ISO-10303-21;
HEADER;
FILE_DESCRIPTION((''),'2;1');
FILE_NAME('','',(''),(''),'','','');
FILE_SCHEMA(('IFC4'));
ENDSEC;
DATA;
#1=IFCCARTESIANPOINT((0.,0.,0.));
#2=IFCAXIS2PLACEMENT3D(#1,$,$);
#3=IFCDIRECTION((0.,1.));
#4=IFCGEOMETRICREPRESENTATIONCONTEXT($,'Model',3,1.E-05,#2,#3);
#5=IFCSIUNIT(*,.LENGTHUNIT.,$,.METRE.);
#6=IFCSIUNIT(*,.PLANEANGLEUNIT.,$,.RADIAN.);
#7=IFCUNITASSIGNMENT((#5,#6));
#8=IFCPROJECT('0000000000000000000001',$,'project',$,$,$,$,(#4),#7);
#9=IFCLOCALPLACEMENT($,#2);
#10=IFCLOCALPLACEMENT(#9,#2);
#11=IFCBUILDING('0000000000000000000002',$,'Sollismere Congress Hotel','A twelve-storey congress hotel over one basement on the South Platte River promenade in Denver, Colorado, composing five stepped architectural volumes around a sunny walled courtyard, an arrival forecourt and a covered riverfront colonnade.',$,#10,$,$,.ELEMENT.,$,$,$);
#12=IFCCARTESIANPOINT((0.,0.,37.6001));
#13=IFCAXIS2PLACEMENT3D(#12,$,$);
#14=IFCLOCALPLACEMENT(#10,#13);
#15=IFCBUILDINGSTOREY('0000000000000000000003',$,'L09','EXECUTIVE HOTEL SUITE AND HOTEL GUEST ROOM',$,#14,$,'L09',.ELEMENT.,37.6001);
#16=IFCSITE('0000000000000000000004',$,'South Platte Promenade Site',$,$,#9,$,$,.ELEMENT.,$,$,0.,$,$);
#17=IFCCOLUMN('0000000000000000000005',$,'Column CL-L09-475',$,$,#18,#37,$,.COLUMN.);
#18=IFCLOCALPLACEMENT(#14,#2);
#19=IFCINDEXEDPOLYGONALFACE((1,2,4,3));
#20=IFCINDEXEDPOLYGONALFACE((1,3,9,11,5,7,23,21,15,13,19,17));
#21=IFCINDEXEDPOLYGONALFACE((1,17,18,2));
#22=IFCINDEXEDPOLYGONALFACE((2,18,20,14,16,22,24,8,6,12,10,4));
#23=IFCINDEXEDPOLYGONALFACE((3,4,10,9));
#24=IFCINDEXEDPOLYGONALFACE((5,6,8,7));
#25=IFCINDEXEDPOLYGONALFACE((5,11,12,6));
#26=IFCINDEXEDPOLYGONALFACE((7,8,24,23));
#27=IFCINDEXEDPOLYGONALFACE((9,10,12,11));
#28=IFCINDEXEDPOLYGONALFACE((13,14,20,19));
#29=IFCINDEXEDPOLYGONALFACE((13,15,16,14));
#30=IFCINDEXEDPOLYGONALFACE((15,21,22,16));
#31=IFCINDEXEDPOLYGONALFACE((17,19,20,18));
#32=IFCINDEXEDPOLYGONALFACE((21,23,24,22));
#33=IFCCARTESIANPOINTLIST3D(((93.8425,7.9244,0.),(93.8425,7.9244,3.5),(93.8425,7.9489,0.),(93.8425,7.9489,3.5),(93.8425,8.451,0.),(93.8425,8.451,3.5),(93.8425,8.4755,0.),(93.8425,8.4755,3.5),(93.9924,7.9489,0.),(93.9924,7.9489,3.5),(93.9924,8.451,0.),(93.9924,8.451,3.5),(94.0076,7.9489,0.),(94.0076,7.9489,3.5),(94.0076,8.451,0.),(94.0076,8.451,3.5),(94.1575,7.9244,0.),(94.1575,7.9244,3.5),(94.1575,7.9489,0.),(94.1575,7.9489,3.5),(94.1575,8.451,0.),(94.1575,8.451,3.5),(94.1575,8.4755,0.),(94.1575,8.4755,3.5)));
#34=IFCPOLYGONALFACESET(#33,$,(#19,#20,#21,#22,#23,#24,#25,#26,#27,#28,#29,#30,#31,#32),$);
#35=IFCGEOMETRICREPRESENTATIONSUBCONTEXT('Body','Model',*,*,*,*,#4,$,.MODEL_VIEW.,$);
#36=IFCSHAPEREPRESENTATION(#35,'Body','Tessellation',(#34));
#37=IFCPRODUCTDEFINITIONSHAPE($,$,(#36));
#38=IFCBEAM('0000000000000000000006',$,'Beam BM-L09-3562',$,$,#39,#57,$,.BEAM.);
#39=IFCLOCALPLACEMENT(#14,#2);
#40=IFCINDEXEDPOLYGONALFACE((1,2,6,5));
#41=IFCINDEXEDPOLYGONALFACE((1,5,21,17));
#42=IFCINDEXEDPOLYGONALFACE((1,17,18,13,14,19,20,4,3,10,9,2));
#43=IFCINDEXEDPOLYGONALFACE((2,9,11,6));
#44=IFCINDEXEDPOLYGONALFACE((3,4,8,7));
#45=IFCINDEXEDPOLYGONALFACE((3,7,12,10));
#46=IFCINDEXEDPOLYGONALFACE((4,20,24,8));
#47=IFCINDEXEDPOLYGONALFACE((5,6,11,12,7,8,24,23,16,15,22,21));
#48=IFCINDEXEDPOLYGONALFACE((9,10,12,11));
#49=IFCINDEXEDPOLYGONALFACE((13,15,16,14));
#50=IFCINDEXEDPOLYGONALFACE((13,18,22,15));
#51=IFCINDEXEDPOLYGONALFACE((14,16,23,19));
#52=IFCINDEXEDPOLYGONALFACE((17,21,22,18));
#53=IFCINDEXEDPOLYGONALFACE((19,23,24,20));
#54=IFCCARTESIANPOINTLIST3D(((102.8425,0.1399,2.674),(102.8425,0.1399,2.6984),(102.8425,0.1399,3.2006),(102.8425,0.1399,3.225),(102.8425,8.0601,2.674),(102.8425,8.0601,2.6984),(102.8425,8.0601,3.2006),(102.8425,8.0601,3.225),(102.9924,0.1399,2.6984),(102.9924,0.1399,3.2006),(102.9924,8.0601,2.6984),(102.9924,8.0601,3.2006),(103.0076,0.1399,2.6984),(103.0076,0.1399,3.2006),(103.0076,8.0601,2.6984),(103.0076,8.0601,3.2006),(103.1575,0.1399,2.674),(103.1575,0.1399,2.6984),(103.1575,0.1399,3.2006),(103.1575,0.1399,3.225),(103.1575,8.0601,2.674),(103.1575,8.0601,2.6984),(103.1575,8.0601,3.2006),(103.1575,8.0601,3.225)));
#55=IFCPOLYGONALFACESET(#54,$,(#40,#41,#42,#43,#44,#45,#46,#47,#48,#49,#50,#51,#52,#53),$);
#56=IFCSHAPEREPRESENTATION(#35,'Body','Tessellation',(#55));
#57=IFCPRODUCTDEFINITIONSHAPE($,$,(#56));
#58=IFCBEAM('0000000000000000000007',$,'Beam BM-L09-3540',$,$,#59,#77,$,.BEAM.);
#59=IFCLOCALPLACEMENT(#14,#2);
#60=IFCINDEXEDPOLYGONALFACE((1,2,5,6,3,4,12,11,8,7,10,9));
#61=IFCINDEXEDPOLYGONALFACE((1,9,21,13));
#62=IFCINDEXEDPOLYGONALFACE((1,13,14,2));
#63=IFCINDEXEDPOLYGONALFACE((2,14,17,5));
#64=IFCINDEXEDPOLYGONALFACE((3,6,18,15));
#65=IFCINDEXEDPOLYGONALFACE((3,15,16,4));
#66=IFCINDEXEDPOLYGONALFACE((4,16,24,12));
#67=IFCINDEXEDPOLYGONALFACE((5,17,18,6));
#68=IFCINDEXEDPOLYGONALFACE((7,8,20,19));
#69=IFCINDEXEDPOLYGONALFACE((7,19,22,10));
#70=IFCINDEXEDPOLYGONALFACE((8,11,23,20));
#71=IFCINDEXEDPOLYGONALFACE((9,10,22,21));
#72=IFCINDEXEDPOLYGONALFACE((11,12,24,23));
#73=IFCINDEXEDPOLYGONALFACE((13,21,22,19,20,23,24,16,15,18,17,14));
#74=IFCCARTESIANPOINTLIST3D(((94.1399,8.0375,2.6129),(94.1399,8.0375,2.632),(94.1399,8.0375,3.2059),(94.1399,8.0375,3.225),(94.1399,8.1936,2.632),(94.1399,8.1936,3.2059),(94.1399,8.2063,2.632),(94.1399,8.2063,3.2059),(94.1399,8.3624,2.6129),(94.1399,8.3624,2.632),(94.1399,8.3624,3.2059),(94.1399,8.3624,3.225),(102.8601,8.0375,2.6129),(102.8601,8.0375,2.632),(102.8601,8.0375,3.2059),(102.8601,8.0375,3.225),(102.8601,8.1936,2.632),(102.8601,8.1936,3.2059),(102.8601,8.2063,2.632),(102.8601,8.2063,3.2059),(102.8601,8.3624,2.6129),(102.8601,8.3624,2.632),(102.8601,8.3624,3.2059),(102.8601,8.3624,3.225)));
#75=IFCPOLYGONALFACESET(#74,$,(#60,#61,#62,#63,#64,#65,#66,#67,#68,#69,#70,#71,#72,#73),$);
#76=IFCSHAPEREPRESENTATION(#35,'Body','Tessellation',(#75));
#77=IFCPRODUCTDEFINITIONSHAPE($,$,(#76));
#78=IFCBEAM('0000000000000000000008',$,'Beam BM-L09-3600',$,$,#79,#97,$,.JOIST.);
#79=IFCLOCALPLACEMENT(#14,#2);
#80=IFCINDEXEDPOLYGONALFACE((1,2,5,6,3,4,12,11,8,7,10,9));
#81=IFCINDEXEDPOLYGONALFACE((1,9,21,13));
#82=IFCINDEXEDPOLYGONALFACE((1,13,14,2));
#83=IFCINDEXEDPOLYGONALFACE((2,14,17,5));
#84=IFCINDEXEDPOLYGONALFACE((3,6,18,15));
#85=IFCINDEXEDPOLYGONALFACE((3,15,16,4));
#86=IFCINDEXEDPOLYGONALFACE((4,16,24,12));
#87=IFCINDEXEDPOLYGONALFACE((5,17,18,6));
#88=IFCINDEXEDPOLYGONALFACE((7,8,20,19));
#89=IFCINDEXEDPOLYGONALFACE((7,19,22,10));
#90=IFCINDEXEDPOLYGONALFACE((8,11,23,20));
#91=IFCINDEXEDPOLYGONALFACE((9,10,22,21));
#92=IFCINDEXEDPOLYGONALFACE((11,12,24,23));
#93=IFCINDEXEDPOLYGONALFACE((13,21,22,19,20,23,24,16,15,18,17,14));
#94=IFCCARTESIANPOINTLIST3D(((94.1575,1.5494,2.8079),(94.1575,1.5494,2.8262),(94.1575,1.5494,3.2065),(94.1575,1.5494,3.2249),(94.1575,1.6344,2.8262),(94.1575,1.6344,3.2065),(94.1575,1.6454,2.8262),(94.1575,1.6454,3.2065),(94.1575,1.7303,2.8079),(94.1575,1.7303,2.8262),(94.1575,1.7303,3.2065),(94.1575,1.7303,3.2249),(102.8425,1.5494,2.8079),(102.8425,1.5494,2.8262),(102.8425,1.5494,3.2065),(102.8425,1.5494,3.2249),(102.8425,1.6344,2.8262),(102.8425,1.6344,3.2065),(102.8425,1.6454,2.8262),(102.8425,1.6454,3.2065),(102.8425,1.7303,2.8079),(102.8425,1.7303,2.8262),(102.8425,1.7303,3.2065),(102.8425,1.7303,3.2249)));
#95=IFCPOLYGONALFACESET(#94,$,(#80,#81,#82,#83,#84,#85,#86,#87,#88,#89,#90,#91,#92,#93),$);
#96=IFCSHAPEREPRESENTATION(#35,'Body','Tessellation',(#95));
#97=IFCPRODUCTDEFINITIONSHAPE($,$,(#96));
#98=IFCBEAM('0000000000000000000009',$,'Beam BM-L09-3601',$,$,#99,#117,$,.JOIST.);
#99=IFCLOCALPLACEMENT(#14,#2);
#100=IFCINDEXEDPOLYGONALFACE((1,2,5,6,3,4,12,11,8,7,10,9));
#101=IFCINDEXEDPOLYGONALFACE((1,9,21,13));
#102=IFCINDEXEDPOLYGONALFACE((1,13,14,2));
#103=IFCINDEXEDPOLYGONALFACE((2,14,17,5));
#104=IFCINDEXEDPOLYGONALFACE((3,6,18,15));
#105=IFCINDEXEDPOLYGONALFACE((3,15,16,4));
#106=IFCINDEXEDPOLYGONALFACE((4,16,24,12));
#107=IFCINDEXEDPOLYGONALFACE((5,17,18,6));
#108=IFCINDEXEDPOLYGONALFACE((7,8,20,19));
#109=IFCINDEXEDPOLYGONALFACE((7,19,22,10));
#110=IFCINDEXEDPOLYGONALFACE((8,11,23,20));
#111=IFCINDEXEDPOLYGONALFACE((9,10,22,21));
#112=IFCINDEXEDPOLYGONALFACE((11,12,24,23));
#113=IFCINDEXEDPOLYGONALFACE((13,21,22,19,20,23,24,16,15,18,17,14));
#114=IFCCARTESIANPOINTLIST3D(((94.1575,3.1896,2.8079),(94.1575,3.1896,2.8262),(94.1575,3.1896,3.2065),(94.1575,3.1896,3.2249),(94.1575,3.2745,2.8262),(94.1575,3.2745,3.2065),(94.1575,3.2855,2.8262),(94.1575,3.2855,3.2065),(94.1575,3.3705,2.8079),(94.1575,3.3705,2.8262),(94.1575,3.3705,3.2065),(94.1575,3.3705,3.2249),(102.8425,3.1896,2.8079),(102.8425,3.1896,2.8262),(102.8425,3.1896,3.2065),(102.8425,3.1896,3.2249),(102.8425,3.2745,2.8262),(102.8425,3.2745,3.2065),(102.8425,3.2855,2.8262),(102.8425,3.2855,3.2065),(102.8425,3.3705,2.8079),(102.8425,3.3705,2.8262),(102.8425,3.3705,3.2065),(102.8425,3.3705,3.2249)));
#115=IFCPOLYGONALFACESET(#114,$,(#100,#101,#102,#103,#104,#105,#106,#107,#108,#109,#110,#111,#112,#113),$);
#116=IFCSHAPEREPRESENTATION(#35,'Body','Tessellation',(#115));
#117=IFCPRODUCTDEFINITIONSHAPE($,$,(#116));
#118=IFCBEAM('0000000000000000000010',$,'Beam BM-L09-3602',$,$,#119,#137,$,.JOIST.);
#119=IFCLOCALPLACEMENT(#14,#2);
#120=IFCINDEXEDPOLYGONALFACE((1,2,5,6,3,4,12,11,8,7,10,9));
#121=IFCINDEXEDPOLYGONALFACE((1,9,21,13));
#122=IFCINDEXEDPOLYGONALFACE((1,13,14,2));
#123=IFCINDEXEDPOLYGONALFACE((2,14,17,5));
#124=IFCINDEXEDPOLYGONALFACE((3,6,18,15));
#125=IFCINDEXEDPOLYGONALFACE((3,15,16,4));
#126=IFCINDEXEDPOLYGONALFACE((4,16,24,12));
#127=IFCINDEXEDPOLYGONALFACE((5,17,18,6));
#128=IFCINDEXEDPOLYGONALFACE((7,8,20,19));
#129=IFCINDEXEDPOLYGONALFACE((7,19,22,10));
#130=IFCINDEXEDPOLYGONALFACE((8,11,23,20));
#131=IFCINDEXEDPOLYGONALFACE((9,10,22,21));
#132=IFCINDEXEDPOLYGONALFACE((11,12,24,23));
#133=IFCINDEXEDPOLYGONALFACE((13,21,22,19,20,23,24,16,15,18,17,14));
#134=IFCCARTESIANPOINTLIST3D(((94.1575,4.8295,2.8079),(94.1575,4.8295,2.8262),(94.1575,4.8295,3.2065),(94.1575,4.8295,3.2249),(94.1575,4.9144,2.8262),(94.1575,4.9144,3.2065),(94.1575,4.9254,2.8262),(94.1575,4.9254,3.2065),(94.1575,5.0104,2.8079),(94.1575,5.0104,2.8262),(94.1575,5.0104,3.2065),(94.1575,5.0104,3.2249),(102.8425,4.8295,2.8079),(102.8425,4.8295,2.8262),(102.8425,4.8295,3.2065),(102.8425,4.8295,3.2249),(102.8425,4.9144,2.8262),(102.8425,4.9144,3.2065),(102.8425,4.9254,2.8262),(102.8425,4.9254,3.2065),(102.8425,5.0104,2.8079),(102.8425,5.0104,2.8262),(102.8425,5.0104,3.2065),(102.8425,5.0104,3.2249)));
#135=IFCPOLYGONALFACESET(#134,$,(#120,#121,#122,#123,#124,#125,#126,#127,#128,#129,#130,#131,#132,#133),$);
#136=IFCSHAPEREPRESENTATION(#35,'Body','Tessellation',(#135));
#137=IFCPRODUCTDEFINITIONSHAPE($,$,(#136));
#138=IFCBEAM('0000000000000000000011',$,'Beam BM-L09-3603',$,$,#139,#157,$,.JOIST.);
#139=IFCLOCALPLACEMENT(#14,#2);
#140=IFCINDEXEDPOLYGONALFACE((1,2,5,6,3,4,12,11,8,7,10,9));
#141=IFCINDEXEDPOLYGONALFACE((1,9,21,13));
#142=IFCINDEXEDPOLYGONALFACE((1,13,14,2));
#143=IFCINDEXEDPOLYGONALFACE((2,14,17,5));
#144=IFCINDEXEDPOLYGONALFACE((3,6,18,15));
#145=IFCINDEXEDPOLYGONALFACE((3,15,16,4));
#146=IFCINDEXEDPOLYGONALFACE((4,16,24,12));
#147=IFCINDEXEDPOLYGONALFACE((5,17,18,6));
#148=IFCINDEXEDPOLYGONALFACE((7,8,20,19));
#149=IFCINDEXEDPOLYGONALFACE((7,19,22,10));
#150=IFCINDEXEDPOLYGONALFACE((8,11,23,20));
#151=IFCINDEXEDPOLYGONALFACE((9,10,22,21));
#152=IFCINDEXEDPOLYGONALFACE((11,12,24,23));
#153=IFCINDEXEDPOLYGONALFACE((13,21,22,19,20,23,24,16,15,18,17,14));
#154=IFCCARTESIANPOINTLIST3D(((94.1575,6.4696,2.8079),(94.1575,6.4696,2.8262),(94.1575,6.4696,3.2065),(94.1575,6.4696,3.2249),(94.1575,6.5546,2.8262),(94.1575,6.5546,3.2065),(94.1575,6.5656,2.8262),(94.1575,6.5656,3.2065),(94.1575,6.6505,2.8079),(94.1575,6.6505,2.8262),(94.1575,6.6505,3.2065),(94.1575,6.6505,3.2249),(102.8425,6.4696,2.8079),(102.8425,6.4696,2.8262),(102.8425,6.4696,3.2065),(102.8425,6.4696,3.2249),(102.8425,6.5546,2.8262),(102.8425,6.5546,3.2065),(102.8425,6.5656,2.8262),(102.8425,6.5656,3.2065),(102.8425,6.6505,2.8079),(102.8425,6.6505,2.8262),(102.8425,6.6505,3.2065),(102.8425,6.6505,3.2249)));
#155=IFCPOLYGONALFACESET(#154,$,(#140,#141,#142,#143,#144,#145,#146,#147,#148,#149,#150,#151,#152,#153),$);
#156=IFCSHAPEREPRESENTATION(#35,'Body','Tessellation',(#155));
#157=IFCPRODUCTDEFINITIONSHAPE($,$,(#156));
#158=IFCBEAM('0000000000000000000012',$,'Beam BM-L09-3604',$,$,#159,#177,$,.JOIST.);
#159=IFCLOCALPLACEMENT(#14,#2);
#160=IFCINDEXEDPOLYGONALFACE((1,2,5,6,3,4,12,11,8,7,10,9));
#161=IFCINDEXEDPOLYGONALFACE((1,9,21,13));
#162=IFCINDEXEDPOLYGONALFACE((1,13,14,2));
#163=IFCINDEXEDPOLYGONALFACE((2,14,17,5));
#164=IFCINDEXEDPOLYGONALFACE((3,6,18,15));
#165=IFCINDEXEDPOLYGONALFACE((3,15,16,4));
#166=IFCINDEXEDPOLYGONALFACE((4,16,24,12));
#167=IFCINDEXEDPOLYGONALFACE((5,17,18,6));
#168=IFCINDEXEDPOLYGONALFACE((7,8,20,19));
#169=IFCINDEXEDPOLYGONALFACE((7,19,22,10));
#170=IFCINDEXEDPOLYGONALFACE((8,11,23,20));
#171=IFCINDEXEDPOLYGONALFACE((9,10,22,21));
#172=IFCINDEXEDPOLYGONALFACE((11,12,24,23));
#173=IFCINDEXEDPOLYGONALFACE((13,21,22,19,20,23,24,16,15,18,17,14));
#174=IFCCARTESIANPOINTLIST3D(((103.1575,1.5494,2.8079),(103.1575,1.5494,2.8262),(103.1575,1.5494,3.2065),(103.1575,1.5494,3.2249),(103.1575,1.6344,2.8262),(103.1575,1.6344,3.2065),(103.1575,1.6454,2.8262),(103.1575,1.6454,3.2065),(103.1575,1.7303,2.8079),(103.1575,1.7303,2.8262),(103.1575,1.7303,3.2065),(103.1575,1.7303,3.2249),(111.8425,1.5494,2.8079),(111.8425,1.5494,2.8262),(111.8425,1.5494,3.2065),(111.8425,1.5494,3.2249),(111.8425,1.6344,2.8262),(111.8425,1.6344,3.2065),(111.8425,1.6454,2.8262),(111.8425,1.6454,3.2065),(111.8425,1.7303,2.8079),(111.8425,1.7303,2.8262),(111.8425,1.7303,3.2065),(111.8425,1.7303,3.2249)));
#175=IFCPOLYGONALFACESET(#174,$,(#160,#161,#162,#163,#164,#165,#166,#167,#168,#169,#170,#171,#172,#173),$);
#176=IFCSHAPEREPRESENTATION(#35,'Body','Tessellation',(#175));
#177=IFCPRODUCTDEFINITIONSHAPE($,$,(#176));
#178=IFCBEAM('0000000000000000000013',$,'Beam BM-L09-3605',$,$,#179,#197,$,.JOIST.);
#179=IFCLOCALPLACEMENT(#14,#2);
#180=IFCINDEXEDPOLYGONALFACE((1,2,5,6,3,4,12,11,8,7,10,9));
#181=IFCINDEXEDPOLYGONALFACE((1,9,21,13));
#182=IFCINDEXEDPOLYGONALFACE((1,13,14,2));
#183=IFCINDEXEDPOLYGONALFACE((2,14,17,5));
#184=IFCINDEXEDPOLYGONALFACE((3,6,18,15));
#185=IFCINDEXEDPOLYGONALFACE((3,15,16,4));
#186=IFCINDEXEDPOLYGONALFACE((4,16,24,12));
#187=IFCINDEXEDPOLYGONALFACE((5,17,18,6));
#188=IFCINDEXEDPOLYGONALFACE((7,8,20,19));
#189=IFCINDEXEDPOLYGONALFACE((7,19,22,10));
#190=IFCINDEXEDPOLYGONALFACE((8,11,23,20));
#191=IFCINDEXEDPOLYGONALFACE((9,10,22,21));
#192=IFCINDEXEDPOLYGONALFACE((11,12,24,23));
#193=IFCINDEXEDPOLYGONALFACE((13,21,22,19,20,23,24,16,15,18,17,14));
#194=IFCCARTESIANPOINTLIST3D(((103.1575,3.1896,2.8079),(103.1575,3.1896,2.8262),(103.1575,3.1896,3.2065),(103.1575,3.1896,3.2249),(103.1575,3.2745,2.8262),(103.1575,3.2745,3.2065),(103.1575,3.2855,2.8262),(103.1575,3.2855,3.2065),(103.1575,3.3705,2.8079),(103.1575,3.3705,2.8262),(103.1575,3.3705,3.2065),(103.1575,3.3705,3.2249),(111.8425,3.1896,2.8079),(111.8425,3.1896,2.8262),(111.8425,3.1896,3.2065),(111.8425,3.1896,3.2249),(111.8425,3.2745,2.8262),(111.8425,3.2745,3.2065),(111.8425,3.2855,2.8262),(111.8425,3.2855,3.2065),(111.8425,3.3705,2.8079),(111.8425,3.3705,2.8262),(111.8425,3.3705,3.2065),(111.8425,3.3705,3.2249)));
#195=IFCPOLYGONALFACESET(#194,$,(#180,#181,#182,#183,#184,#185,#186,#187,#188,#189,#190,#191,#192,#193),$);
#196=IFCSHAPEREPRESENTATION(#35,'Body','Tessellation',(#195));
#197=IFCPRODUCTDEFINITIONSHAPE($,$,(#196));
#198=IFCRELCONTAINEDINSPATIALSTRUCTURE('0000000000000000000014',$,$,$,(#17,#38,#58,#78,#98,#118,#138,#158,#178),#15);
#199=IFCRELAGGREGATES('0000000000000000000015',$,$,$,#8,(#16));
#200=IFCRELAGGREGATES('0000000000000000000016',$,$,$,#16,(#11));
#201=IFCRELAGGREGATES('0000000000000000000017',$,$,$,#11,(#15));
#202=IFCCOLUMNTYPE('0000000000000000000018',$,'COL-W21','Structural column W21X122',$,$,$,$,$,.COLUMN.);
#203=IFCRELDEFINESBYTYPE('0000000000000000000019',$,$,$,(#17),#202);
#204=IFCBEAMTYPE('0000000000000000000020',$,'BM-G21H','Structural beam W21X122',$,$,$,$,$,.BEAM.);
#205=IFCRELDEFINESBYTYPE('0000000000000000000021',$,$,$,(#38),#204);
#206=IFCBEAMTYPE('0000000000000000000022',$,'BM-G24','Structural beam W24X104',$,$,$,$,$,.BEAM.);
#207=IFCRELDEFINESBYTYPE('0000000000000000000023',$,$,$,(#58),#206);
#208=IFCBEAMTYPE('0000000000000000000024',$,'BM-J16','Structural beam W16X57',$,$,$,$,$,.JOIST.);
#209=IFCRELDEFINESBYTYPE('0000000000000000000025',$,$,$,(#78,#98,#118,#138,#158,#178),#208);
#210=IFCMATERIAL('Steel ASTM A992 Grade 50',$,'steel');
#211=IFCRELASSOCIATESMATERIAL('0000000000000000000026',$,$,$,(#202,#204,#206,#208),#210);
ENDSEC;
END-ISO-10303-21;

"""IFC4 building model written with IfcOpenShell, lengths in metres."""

from ifc_helpers import new_model, si_unit, direction, frame, origin, origin_2d, place, context, subcontext, project, spatial, i_section, extrude, material, material_profile, profile_set, type_object, element, save


model = new_model("IFC4")

# Units and contexts
model_context = context("Model", 3, precision=1e-05, world=origin(), true_north=direction((0.0, 1.0)))
body_context = subcontext(model_context, "Body", "Model", "MODEL_VIEW")
ifc_project = project(units=[si_unit("LENGTHUNIT", "METRE"), si_unit("PLANEANGLEUNIT", "RADIAN")], contexts=[model_context])

# Site, building, storey
site_placement = place(None, origin())
site = spatial("IfcSite", under=ifc_project, at=site_placement, Name="South Platte Promenade Site", CompositionType="ELEMENT", RefElevation=0.0)
building_placement = place(site_placement, origin())
building = spatial("IfcBuilding", under=site, at=building_placement, Name="Sollismere Congress Hotel", Description="A twelve-storey congress hotel over one basement on the South Platte River promenade in Denver, Colorado, composing five stepped architectural volumes around a sunny walled courtyard, an arrival forecourt and a covered riverfront colonnade.", CompositionType="ELEMENT")
storey_placement = place(building_placement, frame((0.0, 0.0, 37.6001)))
storey = spatial("IfcBuildingStorey", under=building, at=storey_placement, Name="L09", Description="EXECUTIVE HOTEL SUITE AND HOTEL GUEST ROOM", LongName="L09", CompositionType="ELEMENT", Elevation=37.6001)

# Column
ifc_material_1 = material(Name="Steel ASTM A992 Grade 50", Category="steel")
ifc_material_profile_1 = material_profile(ifc_material_1, i_section(OverallWidth=0.3149, OverallDepth=0.551, WebThickness=0.0151, FlangeThickness=0.0244, at=origin_2d()), Name="W21X122")
ifc_profile_set_1 = profile_set([ifc_material_profile_1], Name="Steel ASTM A992 Grade 50")
column_type = type_object("IfcColumnType", Name="COL-W21", Description="Structural column W21X122", PredefinedType="COLUMN", material=ifc_profile_set_1)
column_placement = place(storey_placement, frame((94.0, 8.2, 0.0), z_axis=(0.0, 0.0, 1.0), x_axis=(1.0, 0.0, 0.0)))
element("IfcColumn", 1, at=column_placement, inside=storey, type_object=column_type, Name="Column CL-L09-475", PredefinedType="COLUMN", context=body_context, shape_type="SweptSolid", body=[
    extrude(i_section(OverallWidth=0.3149, OverallDepth=0.551, WebThickness=0.0151, FlangeThickness=0.0244, at=origin_2d()), origin(), (0.0, 0.0, 1.0), 3.5),
])

# Beams
ifc_material_profile_2 = material_profile(ifc_material_1, i_section(OverallWidth=0.3149, OverallDepth=0.551, WebThickness=0.0151, FlangeThickness=0.0244, at=origin_2d()), Name="W21X122")
ifc_profile_set_2 = profile_set([ifc_material_profile_2], Name="Steel ASTM A992 Grade 50")
beam_type_1 = type_object("IfcBeamType", Name="BM-G21H", Description="Structural beam W21X122", PredefinedType="BEAM", material=ifc_profile_set_2)
beam_1_placement = place(storey_placement, frame((103.0, 0.1399, 2.9495), z_axis=(0.0, 1.0, 0.0), x_axis=(-1.0, 0.0, 0.0)))
element("IfcBeam", 2, at=beam_1_placement, inside=storey, type_object=beam_type_1, Name="Beam BM-L09-3562", PredefinedType="BEAM", context=body_context, shape_type="SweptSolid", body=[
    extrude(i_section(OverallWidth=0.3149, OverallDepth=0.551, WebThickness=0.0151, FlangeThickness=0.0244, at=origin_2d()), origin(), (0.0, 0.0, 1.0), 7.9202),
])
ifc_material_profile_3 = material_profile(ifc_material_1, i_section(OverallWidth=0.325, OverallDepth=0.6121, WebThickness=0.0127, FlangeThickness=0.019, at=origin_2d()), Name="W24X104")
ifc_profile_set_3 = profile_set([ifc_material_profile_3], Name="Steel ASTM A992 Grade 50")
beam_type_2 = type_object("IfcBeamType", Name="BM-G24", Description="Structural beam W24X104", PredefinedType="BEAM", material=ifc_profile_set_3)
beam_2_placement = place(storey_placement, frame((94.1399, 8.2, 2.9189), z_axis=(1.0, 0.0, 0.0), x_axis=(0.0, 1.0, 0.0)))
element("IfcBeam", 3, at=beam_2_placement, inside=storey, type_object=beam_type_2, Name="Beam BM-L09-3540", PredefinedType="BEAM", context=body_context, shape_type="SweptSolid", body=[
    extrude(i_section(OverallWidth=0.325, OverallDepth=0.6121, WebThickness=0.0127, FlangeThickness=0.019, at=origin_2d()), origin(), (0.0, 0.0, 1.0), 8.7202),
])
ifc_material_profile_4 = material_profile(ifc_material_1, i_section(OverallWidth=0.1809, OverallDepth=0.417, WebThickness=0.011, FlangeThickness=0.0183, at=origin_2d()), Name="W16X57")
ifc_profile_set_4 = profile_set([ifc_material_profile_4], Name="Steel ASTM A992 Grade 50")
beam_type_3 = type_object("IfcBeamType", Name="BM-J16", Description="Structural beam W16X57", PredefinedType="JOIST", material=ifc_profile_set_4)
for number, where, z_axis, x_axis, name in (
    (4, (94.1575, 1.6399, 3.0164), (1.0, 0.0, 0.0), (0.0, 1.0, 0.0), "Beam BM-L09-3600"),
    (5, (94.1575, 3.28, 3.0164), (1.0, 0.0, 0.0), (0.0, 1.0, 0.0), "Beam BM-L09-3601"),
    (6, (94.1575, 4.9199, 3.0164), (1.0, 0.0, 0.0), (0.0, 1.0, 0.0), "Beam BM-L09-3602"),
    (7, (94.1575, 6.5601, 3.0164), (1.0, 0.0, 0.0), (0.0, 1.0, 0.0), "Beam BM-L09-3603"),
    (8, (103.1575, 1.6399, 3.0164), (1.0, 0.0, 0.0), (0.0, 1.0, 0.0), "Beam BM-L09-3604"),
    (9, (103.1575, 3.28, 3.0164), (1.0, 0.0, 0.0), (0.0, 1.0, 0.0), "Beam BM-L09-3605"),
):
    element("IfcBeam", number, at=place(storey_placement, frame(where, z_axis=z_axis, x_axis=x_axis)), inside=storey, type_object=beam_type_3, Name=name, PredefinedType="JOIST", context=body_context, shape_type="SweptSolid", body=[
        extrude(i_section(OverallWidth=0.1809, OverallDepth=0.417, WebThickness=0.011, FlangeThickness=0.0183, at=origin_2d()), origin(), (0.0, 0.0, 1.0), 8.6851),
    ])

save(model, "model.ifc")
